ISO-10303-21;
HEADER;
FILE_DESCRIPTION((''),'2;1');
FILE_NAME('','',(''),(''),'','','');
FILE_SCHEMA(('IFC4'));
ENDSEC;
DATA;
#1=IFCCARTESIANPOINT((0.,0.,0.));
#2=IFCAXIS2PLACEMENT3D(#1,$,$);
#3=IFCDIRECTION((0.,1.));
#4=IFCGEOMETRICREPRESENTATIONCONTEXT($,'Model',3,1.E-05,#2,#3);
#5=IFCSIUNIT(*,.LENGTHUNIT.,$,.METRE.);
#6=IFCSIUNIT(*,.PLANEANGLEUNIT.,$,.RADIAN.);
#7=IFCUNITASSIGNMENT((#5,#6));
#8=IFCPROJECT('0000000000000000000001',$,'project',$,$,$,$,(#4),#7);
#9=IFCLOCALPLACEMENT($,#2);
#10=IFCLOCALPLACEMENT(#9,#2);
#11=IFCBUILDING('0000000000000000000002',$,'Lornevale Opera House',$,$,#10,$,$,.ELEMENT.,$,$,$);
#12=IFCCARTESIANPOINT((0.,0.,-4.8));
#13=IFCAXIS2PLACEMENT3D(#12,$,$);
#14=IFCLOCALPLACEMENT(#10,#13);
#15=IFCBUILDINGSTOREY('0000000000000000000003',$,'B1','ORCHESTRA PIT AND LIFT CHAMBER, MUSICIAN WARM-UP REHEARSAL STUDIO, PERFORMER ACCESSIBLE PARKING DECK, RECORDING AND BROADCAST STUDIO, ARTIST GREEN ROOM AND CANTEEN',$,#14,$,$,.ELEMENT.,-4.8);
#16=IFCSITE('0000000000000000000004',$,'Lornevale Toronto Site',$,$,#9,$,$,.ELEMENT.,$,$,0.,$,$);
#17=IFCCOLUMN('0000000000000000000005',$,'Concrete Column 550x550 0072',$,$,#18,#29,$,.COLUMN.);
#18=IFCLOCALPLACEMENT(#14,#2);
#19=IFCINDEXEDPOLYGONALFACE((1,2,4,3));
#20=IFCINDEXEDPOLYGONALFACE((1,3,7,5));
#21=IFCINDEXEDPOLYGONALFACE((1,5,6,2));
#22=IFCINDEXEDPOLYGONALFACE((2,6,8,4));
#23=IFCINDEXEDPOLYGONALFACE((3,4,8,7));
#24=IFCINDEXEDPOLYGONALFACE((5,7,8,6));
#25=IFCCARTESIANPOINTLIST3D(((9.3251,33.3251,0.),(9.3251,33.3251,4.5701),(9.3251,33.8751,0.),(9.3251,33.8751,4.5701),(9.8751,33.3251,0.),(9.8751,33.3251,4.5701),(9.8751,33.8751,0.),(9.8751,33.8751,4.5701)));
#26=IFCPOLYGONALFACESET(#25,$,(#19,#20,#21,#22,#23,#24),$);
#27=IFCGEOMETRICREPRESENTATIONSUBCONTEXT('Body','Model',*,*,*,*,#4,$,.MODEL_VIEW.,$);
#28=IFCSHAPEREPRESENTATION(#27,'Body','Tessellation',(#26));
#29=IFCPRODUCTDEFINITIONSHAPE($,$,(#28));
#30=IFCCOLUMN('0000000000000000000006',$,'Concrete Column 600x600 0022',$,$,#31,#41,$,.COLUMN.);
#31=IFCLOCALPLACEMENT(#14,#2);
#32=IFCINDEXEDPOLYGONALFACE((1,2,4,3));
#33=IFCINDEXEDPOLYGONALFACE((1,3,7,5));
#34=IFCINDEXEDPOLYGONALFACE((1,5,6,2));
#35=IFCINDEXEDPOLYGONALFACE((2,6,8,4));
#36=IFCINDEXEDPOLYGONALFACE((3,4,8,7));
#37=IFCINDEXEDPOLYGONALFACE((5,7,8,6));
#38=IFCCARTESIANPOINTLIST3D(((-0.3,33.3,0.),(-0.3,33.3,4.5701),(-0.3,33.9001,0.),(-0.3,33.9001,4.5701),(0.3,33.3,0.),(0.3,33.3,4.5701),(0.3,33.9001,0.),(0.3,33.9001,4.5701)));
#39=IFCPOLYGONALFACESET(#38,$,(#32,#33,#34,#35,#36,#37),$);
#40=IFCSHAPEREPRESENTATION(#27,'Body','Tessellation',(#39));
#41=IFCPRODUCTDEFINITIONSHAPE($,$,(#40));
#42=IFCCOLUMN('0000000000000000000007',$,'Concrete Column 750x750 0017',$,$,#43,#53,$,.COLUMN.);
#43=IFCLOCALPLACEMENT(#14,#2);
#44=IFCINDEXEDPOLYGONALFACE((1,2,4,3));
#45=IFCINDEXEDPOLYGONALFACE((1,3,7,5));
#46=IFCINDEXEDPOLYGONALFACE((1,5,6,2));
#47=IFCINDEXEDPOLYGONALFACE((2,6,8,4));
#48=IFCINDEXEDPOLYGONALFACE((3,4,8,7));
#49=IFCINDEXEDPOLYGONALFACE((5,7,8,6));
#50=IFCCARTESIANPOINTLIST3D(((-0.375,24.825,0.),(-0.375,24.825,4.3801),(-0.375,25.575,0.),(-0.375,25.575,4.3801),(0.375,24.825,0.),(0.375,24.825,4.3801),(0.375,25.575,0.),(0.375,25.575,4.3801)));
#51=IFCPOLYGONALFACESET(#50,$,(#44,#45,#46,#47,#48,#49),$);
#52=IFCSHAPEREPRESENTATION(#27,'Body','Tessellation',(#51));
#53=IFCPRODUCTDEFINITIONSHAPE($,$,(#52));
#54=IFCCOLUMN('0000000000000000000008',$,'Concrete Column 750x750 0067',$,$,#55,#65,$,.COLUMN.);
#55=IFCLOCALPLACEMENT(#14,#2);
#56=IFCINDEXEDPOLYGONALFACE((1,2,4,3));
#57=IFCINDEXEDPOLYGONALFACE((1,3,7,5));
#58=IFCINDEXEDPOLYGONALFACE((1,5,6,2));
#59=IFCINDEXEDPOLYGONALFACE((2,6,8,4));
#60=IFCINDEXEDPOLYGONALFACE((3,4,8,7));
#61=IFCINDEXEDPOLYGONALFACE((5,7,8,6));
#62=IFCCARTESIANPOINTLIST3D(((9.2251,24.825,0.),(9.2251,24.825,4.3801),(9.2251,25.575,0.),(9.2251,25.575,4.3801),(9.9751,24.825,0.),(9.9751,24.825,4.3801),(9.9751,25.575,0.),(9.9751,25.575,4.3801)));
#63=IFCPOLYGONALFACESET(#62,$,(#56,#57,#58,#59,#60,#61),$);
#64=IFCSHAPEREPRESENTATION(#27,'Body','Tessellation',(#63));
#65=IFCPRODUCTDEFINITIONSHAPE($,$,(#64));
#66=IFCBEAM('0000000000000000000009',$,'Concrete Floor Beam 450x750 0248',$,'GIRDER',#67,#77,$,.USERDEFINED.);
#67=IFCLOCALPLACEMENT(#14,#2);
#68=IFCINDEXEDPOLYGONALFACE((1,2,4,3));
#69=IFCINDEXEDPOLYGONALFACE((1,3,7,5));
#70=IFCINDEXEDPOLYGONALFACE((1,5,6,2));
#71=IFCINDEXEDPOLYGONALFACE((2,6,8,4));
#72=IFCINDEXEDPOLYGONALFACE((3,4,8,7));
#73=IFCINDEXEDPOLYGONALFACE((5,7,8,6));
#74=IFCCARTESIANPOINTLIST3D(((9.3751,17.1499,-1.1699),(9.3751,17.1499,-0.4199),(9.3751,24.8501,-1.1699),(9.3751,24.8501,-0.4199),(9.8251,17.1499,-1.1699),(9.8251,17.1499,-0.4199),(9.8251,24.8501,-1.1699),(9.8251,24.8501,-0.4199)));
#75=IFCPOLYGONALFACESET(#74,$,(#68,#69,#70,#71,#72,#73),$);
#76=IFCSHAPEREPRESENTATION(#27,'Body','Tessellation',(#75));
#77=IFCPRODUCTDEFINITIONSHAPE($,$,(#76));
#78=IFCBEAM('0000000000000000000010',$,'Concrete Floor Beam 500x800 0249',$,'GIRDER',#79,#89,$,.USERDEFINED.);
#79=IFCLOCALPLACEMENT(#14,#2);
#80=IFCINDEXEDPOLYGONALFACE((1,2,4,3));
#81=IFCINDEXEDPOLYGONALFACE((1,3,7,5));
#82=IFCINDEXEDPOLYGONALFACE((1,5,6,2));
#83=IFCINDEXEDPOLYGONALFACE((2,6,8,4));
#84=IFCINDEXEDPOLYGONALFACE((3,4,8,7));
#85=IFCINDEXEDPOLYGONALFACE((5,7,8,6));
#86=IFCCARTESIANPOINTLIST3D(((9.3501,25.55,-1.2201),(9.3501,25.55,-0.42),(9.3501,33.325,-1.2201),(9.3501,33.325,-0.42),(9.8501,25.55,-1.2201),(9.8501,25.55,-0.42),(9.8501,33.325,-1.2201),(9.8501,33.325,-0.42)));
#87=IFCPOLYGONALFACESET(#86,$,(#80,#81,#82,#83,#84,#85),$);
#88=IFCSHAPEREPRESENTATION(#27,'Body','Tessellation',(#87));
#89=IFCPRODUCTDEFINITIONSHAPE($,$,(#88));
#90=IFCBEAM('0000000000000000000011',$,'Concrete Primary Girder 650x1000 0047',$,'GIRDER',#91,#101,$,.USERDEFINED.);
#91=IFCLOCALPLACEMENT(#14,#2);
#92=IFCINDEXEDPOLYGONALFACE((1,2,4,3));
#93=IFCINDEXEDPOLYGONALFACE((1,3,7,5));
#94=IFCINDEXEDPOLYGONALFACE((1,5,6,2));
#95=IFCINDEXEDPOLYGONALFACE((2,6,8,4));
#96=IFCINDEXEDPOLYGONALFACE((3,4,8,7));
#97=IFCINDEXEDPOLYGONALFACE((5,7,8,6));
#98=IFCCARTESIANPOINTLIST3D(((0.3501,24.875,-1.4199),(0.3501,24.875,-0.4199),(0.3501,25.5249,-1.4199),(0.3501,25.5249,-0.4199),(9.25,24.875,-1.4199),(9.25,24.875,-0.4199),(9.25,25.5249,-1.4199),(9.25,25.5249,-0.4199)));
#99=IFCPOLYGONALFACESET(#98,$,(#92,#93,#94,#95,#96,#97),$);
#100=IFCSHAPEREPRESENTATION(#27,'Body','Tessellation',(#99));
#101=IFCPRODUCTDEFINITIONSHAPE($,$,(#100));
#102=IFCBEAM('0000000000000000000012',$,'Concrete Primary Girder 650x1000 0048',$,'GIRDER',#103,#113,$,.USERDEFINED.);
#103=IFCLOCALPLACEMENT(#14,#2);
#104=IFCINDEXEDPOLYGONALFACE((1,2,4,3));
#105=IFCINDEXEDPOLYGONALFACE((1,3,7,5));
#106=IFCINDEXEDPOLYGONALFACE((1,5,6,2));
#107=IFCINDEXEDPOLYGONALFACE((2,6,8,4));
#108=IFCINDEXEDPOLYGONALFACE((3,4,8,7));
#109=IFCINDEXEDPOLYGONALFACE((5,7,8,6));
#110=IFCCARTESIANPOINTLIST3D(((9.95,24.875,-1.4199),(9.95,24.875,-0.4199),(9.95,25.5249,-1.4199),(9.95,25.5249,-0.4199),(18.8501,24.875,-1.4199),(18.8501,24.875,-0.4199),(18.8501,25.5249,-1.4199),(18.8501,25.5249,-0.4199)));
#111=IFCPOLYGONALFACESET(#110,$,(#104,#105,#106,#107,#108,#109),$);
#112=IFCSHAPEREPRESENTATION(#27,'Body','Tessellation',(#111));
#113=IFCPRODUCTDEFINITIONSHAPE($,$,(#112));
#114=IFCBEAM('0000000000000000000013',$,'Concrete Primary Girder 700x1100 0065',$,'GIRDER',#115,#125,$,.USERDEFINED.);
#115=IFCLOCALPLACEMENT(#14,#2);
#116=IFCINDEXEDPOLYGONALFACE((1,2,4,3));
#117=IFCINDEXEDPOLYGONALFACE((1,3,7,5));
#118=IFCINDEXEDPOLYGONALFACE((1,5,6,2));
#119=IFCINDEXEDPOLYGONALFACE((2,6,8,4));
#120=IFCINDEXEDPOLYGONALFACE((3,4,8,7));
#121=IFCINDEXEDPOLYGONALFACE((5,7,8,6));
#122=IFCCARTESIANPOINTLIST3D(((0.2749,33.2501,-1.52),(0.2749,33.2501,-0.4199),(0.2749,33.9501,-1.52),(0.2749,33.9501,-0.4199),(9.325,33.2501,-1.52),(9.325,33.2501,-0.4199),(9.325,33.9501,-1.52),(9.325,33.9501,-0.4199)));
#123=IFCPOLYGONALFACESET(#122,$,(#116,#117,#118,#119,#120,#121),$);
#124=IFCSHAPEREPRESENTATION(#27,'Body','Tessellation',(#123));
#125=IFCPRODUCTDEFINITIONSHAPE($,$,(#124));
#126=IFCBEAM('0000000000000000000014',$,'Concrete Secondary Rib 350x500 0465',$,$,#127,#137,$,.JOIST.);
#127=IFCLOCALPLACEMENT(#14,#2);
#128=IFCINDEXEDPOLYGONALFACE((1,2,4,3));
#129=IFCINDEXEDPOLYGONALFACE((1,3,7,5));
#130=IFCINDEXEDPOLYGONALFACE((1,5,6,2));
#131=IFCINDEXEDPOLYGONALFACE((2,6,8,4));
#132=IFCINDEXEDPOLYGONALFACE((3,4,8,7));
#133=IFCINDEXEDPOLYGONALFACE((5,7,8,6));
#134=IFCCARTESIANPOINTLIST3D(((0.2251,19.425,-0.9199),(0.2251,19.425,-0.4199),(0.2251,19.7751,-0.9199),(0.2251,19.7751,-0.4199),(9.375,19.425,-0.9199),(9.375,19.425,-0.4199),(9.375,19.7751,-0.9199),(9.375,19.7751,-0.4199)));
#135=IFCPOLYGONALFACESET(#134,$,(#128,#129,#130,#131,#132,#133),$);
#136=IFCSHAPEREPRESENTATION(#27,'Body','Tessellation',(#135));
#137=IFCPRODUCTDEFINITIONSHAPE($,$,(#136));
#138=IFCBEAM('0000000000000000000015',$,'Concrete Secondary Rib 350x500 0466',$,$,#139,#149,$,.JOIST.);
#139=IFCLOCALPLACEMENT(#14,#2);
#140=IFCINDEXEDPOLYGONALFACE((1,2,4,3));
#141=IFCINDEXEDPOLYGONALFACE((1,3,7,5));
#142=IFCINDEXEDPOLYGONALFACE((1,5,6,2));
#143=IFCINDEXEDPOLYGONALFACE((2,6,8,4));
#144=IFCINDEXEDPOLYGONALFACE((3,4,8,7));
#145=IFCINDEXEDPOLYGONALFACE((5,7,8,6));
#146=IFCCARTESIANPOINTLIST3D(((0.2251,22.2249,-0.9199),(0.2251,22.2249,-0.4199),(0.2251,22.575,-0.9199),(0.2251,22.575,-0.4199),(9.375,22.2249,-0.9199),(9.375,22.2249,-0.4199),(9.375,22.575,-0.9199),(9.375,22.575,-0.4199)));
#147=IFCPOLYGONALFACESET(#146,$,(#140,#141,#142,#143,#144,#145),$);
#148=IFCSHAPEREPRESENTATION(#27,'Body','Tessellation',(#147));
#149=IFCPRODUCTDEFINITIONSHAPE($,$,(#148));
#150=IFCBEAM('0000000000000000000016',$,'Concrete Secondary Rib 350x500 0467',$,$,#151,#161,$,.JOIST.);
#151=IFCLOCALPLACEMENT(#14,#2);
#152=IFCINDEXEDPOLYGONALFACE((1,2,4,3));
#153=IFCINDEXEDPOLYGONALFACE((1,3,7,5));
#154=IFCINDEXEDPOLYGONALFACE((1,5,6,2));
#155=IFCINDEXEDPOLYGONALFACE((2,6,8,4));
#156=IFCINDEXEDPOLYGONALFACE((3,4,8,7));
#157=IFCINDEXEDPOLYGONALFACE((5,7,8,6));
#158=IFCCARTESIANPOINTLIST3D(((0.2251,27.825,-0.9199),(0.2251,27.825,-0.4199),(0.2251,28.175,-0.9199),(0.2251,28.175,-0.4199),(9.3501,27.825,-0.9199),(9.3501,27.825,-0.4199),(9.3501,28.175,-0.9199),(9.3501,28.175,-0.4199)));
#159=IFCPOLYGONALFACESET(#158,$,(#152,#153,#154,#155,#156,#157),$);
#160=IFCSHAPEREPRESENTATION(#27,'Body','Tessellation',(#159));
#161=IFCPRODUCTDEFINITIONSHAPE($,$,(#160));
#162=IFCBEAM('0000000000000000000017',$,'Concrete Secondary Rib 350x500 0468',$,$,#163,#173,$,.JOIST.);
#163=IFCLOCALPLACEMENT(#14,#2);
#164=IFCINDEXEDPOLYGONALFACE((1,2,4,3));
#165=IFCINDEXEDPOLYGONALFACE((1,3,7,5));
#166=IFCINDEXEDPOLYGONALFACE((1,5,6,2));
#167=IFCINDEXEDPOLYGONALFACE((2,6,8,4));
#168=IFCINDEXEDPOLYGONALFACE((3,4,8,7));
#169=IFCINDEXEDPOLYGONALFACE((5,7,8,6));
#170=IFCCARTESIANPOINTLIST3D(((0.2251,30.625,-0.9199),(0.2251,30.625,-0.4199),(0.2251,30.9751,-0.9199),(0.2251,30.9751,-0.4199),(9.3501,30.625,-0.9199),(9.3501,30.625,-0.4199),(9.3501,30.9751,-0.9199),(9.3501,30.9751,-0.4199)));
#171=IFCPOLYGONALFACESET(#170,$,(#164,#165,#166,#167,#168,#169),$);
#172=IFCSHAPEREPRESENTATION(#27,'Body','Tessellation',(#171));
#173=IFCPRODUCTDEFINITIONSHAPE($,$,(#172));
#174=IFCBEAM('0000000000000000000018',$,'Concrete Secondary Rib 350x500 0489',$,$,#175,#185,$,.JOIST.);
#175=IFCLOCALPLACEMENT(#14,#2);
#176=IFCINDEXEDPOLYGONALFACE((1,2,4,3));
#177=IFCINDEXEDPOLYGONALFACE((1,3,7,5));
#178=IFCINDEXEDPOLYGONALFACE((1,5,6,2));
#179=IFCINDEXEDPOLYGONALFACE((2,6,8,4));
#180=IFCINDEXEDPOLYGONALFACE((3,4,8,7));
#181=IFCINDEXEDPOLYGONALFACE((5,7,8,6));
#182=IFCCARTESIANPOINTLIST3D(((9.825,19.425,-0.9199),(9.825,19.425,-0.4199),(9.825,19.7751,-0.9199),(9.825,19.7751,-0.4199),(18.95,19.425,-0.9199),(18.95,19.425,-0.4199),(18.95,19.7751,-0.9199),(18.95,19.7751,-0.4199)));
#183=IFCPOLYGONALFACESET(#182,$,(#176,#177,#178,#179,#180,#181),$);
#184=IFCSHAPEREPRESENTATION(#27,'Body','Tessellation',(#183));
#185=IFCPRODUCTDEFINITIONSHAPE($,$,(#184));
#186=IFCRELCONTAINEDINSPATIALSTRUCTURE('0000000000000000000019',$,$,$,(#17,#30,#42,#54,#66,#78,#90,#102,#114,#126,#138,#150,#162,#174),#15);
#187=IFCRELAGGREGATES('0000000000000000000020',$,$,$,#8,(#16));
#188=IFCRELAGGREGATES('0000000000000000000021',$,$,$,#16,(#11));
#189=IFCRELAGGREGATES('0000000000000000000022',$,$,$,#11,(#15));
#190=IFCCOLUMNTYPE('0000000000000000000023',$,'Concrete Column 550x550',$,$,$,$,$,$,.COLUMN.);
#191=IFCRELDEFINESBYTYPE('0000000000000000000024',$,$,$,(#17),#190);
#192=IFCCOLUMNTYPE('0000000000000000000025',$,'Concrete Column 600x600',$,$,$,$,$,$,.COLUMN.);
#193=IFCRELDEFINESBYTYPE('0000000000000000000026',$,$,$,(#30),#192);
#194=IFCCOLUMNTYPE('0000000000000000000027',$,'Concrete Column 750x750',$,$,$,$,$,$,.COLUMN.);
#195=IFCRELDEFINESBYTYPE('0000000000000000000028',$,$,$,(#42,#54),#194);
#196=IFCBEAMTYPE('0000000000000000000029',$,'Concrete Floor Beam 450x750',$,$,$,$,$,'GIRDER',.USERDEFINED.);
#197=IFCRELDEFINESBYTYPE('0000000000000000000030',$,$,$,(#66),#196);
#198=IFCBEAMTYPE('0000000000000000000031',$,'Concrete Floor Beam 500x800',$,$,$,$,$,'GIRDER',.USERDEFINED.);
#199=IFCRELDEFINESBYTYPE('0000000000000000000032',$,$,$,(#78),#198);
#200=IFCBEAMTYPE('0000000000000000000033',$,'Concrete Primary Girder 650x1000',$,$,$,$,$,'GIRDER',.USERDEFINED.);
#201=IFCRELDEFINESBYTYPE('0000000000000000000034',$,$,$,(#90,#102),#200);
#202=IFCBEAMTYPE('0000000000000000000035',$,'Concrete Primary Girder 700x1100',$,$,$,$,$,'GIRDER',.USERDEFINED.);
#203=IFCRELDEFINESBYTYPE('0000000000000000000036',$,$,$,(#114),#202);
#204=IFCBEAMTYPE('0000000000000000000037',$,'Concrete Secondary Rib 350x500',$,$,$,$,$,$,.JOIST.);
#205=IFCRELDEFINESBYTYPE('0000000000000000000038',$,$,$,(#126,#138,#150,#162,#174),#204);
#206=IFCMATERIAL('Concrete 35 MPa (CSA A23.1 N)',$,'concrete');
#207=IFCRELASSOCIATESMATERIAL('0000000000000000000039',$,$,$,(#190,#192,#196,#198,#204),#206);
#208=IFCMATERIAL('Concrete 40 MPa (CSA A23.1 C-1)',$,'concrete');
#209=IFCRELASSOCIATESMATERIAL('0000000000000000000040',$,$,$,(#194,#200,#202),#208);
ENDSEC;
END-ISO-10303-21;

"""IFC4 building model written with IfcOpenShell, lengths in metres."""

from ifc_helpers import new_model, si_unit, direction, frame, origin, origin_2d, place, context, subcontext, project, spatial, rectangle, extrude, material, material_profile, profile_set, type_object, element, save


model = new_model("IFC4")

# Units and contexts
model_context = context("Model", 3, precision=1e-05, world=origin(), true_north=direction((0.0, 1.0)))
body_context = subcontext(model_context, "Body", "Model", "MODEL_VIEW")
ifc_project = project(units=[si_unit("LENGTHUNIT", "METRE"), si_unit("PLANEANGLEUNIT", "RADIAN")], contexts=[model_context])

# Site, building, storey
site_placement = place(None, origin())
site = spatial("IfcSite", under=ifc_project, at=site_placement, Name="Lornevale Toronto Site", CompositionType="ELEMENT", RefElevation=0.0)
building_placement = place(site_placement, origin())
building = spatial("IfcBuilding", under=site, at=building_placement, Name="Lornevale Opera House", CompositionType="ELEMENT")
storey_placement = place(building_placement, frame((0.0, 0.0, -4.8)))
storey = spatial("IfcBuildingStorey", under=building, at=storey_placement, Name="B1", Description="ORCHESTRA PIT AND LIFT CHAMBER, MUSICIAN WARM-UP REHEARSAL STUDIO, PERFORMER ACCESSIBLE PARKING DECK, RECORDING AND BROADCAST STUDIO, ARTIST GREEN ROOM AND CANTEEN", CompositionType="ELEMENT", Elevation=-4.8)

# Columns
ifc_material_1 = material(Name="Concrete 35 MPa (CSA A23.1 N)", Category="concrete")
ifc_material_profile_1 = material_profile(ifc_material_1, rectangle(XDim=0.55, YDim=0.55, at=origin_2d()), Name="RC550x550")
ifc_profile_set_1 = profile_set([ifc_material_profile_1], Name="Concrete 35 MPa (CSA A23.1 N)")
column_type_1 = type_object("IfcColumnType", Name="Concrete Column 550x550", PredefinedType="COLUMN", material=ifc_profile_set_1)
column_1_placement = place(storey_placement, frame((9.6001, 33.6001, 0.0), z_axis=(0.0, 0.0, 1.0), x_axis=(1.0, 0.0, 0.0)))
element("IfcColumn", 1, at=column_1_placement, inside=storey, type_object=column_type_1, Name="Concrete Column 550x550 0072", PredefinedType="COLUMN", context=body_context, shape_type="SweptSolid", body=[
    extrude(rectangle(XDim=0.55, YDim=0.55, at=origin_2d()), origin(), (0.0, 0.0, 1.0), 4.5701),
])
ifc_material_profile_2 = material_profile(ifc_material_1, rectangle(XDim=0.6001, YDim=0.6001, at=origin_2d()), Name="RC600x600")
ifc_profile_set_2 = profile_set([ifc_material_profile_2], Name="Concrete 35 MPa (CSA A23.1 N)")
column_type_2 = type_object("IfcColumnType", Name="Concrete Column 600x600", PredefinedType="COLUMN", material=ifc_profile_set_2)
column_2_placement = place(storey_placement, frame((0.0, 33.6001, 0.0), z_axis=(0.0, 0.0, 1.0), x_axis=(1.0, 0.0, 0.0)))
element("IfcColumn", 2, at=column_2_placement, inside=storey, type_object=column_type_2, Name="Concrete Column 600x600 0022", PredefinedType="COLUMN", context=body_context, shape_type="SweptSolid", body=[
    extrude(rectangle(XDim=0.6001, YDim=0.6001, at=origin_2d()), origin(), (0.0, 0.0, 1.0), 4.5701),
])
ifc_material_2 = material(Name="Concrete 40 MPa (CSA A23.1 C-1)", Category="concrete")
ifc_material_profile_3 = material_profile(ifc_material_2, rectangle(XDim=0.75, YDim=0.75, at=origin_2d()), Name="RC750x750")
ifc_profile_set_3 = profile_set([ifc_material_profile_3], Name="Concrete 40 MPa (CSA A23.1 C-1)")
column_type_3 = type_object("IfcColumnType", Name="Concrete Column 750x750", PredefinedType="COLUMN", material=ifc_profile_set_3)
for number, where, z_axis, x_axis, name in (
    (3, (0.0, 25.2, 0.0), (0.0, 0.0, 1.0), (1.0, 0.0, 0.0), "Concrete Column 750x750 0017"),
    (4, (9.6001, 25.2, 0.0), (0.0, 0.0, 1.0), (1.0, 0.0, 0.0), "Concrete Column 750x750 0067"),
):
    element("IfcColumn", number, at=place(storey_placement, frame(where, z_axis=z_axis, x_axis=x_axis)), inside=storey, type_object=column_type_3, Name=name, PredefinedType="COLUMN", context=body_context, shape_type="SweptSolid", body=[
        extrude(rectangle(XDim=0.75, YDim=0.75, at=origin_2d()), origin(), (0.0, 0.0, 1.0), 4.3801),
    ])

# Beams
ifc_material_profile_4 = material_profile(ifc_material_1, rectangle(XDim=0.45, YDim=0.75, at=origin_2d()), Name="RC450x750")
ifc_profile_set_4 = profile_set([ifc_material_profile_4], Name="Concrete 35 MPa (CSA A23.1 N)")
beam_type_1 = type_object("IfcBeamType", Name="Concrete Floor Beam 450x750", ElementType="GIRDER", PredefinedType="USERDEFINED", material=ifc_profile_set_4)
beam_1_placement = place(storey_placement, frame((9.6001, 17.1499, -0.7949), z_axis=(0.0, 1.0, 0.0), x_axis=(-1.0, 0.0, 0.0)))
element("IfcBeam", 5, at=beam_1_placement, inside=storey, type_object=beam_type_1, Name="Concrete Floor Beam 450x750 0248", ObjectType="GIRDER", PredefinedType="USERDEFINED", context=body_context, shape_type="SweptSolid", body=[
    extrude(rectangle(XDim=0.45, YDim=0.75, at=origin_2d()), origin(), (0.0, 0.0, 1.0), 7.7002),
])
ifc_material_profile_5 = material_profile(ifc_material_1, rectangle(XDim=0.5, YDim=0.8, at=origin_2d()), Name="RC500x800")
ifc_profile_set_5 = profile_set([ifc_material_profile_5], Name="Concrete 35 MPa (CSA A23.1 N)")
beam_type_2 = type_object("IfcBeamType", Name="Concrete Floor Beam 500x800", ElementType="GIRDER", PredefinedType="USERDEFINED", material=ifc_profile_set_5)
beam_2_placement = place(storey_placement, frame((9.6001, 25.55, -0.8201), z_axis=(0.0, 1.0, 0.0), x_axis=(-1.0, 0.0, 0.0)))
element("IfcBeam", 6, at=beam_2_placement, inside=storey, type_object=beam_type_2, Name="Concrete Floor Beam 500x800 0249", ObjectType="GIRDER", PredefinedType="USERDEFINED", context=body_context, shape_type="SweptSolid", body=[
    extrude(rectangle(XDim=0.5, YDim=0.8, at=origin_2d()), origin(), (0.0, 0.0, 1.0), 7.7749),
])
ifc_material_profile_6 = material_profile(ifc_material_2, rectangle(XDim=0.6499, YDim=1.0, at=origin_2d()), Name="RC650x1000")
ifc_profile_set_6 = profile_set([ifc_material_profile_6], Name="Concrete 40 MPa (CSA A23.1 C-1)")
beam_type_3 = type_object("IfcBeamType", Name="Concrete Primary Girder 650x1000", ElementType="GIRDER", PredefinedType="USERDEFINED", material=ifc_profile_set_6)
beam_3_placement = place(storey_placement, frame((0.3501, 25.2, -0.9199), z_axis=(1.0, 0.0, 0.0), x_axis=(0.0, 1.0, 0.0)))
element("IfcBeam", 7, at=beam_3_placement, inside=storey, type_object=beam_type_3, Name="Concrete Primary Girder 650x1000 0047", ObjectType="GIRDER", PredefinedType="USERDEFINED", context=body_context, shape_type="SweptSolid", body=[
    extrude(rectangle(XDim=0.6499, YDim=1.0, at=origin_2d()), origin(), (0.0, 0.0, 1.0), 8.8999),
])
beam_4_placement = place(storey_placement, frame((9.95, 25.2, -0.9199), z_axis=(1.0, 0.0, 0.0), x_axis=(0.0, 1.0, 0.0)))
element("IfcBeam", 8, at=beam_4_placement, inside=storey, type_object=beam_type_3, Name="Concrete Primary Girder 650x1000 0048", ObjectType="GIRDER", PredefinedType="USERDEFINED", context=body_context, shape_type="SweptSolid", body=[
    extrude(rectangle(XDim=0.6499, YDim=1.0, at=origin_2d()), origin(), (0.0, 0.0, 1.0), 8.9001),
])
ifc_material_profile_7 = material_profile(ifc_material_2, rectangle(XDim=0.7, YDim=1.1001, at=origin_2d()), Name="RC700x1100")
ifc_profile_set_7 = profile_set([ifc_material_profile_7], Name="Concrete 40 MPa (CSA A23.1 C-1)")
beam_type_4 = type_object("IfcBeamType", Name="Concrete Primary Girder 700x1100", ElementType="GIRDER", PredefinedType="USERDEFINED", material=ifc_profile_set_7)
beam_5_placement = place(storey_placement, frame((0.2749, 33.6001, -0.97), z_axis=(1.0, 0.0, 0.0), x_axis=(0.0, 1.0, 0.0)))
element("IfcBeam", 9, at=beam_5_placement, inside=storey, type_object=beam_type_4, Name="Concrete Primary Girder 700x1100 0065", ObjectType="GIRDER", PredefinedType="USERDEFINED", context=body_context, shape_type="SweptSolid", body=[
    extrude(rectangle(XDim=0.7, YDim=1.1001, at=origin_2d()), origin(), (0.0, 0.0, 1.0), 9.05),
])
ifc_material_profile_8 = material_profile(ifc_material_1, rectangle(XDim=0.3501, YDim=0.5, at=origin_2d()), Name="RC350x500")
ifc_profile_set_8 = profile_set([ifc_material_profile_8], Name="Concrete 35 MPa (CSA A23.1 N)")
beam_type_5 = type_object("IfcBeamType", Name="Concrete Secondary Rib 350x500", PredefinedType="JOIST", material=ifc_profile_set_8)
for number, where, z_axis, x_axis, name in (
    (10, (0.2251, 19.6001, -0.6699), (1.0, 0.0, 0.0), (0.0, 1.0, 0.0), "Concrete Secondary Rib 350x500 0465"),
    (11, (0.2251, 22.3999, -0.6699), (1.0, 0.0, 0.0), (0.0, 1.0, 0.0), "Concrete Secondary Rib 350x500 0466"),
):
    element("IfcBeam", number, at=place(storey_placement, frame(where, z_axis=z_axis, x_axis=x_axis)), inside=storey, type_object=beam_type_5, Name=name, PredefinedType="JOIST", context=body_context, shape_type="SweptSolid", body=[
        extrude(rectangle(XDim=0.3501, YDim=0.5, at=origin_2d()), origin(), (0.0, 0.0, 1.0), 9.1499),
    ])
for number, where, z_axis, x_axis, name in (
    (12, (0.2251, 28.0, -0.6699), (1.0, 0.0, 0.0), (0.0, 1.0, 0.0), "Concrete Secondary Rib 350x500 0467"),
    (13, (0.2251, 30.8, -0.6699), (1.0, 0.0, 0.0), (0.0, 1.0, 0.0), "Concrete Secondary Rib 350x500 0468"),
    (14, (9.825, 19.6001, -0.6699), (1.0, 0.0, 0.0), (0.0, 1.0, 0.0), "Concrete Secondary Rib 350x500 0489"),
):
    element("IfcBeam", number, at=place(storey_placement, frame(where, z_axis=z_axis, x_axis=x_axis)), inside=storey, type_object=beam_type_5, Name=name, PredefinedType="JOIST", context=body_context, shape_type="SweptSolid", body=[
        extrude(rectangle(XDim=0.3501, YDim=0.5, at=origin_2d()), origin(), (0.0, 0.0, 1.0), 9.125),
    ])

save(model, "model.ifc")
